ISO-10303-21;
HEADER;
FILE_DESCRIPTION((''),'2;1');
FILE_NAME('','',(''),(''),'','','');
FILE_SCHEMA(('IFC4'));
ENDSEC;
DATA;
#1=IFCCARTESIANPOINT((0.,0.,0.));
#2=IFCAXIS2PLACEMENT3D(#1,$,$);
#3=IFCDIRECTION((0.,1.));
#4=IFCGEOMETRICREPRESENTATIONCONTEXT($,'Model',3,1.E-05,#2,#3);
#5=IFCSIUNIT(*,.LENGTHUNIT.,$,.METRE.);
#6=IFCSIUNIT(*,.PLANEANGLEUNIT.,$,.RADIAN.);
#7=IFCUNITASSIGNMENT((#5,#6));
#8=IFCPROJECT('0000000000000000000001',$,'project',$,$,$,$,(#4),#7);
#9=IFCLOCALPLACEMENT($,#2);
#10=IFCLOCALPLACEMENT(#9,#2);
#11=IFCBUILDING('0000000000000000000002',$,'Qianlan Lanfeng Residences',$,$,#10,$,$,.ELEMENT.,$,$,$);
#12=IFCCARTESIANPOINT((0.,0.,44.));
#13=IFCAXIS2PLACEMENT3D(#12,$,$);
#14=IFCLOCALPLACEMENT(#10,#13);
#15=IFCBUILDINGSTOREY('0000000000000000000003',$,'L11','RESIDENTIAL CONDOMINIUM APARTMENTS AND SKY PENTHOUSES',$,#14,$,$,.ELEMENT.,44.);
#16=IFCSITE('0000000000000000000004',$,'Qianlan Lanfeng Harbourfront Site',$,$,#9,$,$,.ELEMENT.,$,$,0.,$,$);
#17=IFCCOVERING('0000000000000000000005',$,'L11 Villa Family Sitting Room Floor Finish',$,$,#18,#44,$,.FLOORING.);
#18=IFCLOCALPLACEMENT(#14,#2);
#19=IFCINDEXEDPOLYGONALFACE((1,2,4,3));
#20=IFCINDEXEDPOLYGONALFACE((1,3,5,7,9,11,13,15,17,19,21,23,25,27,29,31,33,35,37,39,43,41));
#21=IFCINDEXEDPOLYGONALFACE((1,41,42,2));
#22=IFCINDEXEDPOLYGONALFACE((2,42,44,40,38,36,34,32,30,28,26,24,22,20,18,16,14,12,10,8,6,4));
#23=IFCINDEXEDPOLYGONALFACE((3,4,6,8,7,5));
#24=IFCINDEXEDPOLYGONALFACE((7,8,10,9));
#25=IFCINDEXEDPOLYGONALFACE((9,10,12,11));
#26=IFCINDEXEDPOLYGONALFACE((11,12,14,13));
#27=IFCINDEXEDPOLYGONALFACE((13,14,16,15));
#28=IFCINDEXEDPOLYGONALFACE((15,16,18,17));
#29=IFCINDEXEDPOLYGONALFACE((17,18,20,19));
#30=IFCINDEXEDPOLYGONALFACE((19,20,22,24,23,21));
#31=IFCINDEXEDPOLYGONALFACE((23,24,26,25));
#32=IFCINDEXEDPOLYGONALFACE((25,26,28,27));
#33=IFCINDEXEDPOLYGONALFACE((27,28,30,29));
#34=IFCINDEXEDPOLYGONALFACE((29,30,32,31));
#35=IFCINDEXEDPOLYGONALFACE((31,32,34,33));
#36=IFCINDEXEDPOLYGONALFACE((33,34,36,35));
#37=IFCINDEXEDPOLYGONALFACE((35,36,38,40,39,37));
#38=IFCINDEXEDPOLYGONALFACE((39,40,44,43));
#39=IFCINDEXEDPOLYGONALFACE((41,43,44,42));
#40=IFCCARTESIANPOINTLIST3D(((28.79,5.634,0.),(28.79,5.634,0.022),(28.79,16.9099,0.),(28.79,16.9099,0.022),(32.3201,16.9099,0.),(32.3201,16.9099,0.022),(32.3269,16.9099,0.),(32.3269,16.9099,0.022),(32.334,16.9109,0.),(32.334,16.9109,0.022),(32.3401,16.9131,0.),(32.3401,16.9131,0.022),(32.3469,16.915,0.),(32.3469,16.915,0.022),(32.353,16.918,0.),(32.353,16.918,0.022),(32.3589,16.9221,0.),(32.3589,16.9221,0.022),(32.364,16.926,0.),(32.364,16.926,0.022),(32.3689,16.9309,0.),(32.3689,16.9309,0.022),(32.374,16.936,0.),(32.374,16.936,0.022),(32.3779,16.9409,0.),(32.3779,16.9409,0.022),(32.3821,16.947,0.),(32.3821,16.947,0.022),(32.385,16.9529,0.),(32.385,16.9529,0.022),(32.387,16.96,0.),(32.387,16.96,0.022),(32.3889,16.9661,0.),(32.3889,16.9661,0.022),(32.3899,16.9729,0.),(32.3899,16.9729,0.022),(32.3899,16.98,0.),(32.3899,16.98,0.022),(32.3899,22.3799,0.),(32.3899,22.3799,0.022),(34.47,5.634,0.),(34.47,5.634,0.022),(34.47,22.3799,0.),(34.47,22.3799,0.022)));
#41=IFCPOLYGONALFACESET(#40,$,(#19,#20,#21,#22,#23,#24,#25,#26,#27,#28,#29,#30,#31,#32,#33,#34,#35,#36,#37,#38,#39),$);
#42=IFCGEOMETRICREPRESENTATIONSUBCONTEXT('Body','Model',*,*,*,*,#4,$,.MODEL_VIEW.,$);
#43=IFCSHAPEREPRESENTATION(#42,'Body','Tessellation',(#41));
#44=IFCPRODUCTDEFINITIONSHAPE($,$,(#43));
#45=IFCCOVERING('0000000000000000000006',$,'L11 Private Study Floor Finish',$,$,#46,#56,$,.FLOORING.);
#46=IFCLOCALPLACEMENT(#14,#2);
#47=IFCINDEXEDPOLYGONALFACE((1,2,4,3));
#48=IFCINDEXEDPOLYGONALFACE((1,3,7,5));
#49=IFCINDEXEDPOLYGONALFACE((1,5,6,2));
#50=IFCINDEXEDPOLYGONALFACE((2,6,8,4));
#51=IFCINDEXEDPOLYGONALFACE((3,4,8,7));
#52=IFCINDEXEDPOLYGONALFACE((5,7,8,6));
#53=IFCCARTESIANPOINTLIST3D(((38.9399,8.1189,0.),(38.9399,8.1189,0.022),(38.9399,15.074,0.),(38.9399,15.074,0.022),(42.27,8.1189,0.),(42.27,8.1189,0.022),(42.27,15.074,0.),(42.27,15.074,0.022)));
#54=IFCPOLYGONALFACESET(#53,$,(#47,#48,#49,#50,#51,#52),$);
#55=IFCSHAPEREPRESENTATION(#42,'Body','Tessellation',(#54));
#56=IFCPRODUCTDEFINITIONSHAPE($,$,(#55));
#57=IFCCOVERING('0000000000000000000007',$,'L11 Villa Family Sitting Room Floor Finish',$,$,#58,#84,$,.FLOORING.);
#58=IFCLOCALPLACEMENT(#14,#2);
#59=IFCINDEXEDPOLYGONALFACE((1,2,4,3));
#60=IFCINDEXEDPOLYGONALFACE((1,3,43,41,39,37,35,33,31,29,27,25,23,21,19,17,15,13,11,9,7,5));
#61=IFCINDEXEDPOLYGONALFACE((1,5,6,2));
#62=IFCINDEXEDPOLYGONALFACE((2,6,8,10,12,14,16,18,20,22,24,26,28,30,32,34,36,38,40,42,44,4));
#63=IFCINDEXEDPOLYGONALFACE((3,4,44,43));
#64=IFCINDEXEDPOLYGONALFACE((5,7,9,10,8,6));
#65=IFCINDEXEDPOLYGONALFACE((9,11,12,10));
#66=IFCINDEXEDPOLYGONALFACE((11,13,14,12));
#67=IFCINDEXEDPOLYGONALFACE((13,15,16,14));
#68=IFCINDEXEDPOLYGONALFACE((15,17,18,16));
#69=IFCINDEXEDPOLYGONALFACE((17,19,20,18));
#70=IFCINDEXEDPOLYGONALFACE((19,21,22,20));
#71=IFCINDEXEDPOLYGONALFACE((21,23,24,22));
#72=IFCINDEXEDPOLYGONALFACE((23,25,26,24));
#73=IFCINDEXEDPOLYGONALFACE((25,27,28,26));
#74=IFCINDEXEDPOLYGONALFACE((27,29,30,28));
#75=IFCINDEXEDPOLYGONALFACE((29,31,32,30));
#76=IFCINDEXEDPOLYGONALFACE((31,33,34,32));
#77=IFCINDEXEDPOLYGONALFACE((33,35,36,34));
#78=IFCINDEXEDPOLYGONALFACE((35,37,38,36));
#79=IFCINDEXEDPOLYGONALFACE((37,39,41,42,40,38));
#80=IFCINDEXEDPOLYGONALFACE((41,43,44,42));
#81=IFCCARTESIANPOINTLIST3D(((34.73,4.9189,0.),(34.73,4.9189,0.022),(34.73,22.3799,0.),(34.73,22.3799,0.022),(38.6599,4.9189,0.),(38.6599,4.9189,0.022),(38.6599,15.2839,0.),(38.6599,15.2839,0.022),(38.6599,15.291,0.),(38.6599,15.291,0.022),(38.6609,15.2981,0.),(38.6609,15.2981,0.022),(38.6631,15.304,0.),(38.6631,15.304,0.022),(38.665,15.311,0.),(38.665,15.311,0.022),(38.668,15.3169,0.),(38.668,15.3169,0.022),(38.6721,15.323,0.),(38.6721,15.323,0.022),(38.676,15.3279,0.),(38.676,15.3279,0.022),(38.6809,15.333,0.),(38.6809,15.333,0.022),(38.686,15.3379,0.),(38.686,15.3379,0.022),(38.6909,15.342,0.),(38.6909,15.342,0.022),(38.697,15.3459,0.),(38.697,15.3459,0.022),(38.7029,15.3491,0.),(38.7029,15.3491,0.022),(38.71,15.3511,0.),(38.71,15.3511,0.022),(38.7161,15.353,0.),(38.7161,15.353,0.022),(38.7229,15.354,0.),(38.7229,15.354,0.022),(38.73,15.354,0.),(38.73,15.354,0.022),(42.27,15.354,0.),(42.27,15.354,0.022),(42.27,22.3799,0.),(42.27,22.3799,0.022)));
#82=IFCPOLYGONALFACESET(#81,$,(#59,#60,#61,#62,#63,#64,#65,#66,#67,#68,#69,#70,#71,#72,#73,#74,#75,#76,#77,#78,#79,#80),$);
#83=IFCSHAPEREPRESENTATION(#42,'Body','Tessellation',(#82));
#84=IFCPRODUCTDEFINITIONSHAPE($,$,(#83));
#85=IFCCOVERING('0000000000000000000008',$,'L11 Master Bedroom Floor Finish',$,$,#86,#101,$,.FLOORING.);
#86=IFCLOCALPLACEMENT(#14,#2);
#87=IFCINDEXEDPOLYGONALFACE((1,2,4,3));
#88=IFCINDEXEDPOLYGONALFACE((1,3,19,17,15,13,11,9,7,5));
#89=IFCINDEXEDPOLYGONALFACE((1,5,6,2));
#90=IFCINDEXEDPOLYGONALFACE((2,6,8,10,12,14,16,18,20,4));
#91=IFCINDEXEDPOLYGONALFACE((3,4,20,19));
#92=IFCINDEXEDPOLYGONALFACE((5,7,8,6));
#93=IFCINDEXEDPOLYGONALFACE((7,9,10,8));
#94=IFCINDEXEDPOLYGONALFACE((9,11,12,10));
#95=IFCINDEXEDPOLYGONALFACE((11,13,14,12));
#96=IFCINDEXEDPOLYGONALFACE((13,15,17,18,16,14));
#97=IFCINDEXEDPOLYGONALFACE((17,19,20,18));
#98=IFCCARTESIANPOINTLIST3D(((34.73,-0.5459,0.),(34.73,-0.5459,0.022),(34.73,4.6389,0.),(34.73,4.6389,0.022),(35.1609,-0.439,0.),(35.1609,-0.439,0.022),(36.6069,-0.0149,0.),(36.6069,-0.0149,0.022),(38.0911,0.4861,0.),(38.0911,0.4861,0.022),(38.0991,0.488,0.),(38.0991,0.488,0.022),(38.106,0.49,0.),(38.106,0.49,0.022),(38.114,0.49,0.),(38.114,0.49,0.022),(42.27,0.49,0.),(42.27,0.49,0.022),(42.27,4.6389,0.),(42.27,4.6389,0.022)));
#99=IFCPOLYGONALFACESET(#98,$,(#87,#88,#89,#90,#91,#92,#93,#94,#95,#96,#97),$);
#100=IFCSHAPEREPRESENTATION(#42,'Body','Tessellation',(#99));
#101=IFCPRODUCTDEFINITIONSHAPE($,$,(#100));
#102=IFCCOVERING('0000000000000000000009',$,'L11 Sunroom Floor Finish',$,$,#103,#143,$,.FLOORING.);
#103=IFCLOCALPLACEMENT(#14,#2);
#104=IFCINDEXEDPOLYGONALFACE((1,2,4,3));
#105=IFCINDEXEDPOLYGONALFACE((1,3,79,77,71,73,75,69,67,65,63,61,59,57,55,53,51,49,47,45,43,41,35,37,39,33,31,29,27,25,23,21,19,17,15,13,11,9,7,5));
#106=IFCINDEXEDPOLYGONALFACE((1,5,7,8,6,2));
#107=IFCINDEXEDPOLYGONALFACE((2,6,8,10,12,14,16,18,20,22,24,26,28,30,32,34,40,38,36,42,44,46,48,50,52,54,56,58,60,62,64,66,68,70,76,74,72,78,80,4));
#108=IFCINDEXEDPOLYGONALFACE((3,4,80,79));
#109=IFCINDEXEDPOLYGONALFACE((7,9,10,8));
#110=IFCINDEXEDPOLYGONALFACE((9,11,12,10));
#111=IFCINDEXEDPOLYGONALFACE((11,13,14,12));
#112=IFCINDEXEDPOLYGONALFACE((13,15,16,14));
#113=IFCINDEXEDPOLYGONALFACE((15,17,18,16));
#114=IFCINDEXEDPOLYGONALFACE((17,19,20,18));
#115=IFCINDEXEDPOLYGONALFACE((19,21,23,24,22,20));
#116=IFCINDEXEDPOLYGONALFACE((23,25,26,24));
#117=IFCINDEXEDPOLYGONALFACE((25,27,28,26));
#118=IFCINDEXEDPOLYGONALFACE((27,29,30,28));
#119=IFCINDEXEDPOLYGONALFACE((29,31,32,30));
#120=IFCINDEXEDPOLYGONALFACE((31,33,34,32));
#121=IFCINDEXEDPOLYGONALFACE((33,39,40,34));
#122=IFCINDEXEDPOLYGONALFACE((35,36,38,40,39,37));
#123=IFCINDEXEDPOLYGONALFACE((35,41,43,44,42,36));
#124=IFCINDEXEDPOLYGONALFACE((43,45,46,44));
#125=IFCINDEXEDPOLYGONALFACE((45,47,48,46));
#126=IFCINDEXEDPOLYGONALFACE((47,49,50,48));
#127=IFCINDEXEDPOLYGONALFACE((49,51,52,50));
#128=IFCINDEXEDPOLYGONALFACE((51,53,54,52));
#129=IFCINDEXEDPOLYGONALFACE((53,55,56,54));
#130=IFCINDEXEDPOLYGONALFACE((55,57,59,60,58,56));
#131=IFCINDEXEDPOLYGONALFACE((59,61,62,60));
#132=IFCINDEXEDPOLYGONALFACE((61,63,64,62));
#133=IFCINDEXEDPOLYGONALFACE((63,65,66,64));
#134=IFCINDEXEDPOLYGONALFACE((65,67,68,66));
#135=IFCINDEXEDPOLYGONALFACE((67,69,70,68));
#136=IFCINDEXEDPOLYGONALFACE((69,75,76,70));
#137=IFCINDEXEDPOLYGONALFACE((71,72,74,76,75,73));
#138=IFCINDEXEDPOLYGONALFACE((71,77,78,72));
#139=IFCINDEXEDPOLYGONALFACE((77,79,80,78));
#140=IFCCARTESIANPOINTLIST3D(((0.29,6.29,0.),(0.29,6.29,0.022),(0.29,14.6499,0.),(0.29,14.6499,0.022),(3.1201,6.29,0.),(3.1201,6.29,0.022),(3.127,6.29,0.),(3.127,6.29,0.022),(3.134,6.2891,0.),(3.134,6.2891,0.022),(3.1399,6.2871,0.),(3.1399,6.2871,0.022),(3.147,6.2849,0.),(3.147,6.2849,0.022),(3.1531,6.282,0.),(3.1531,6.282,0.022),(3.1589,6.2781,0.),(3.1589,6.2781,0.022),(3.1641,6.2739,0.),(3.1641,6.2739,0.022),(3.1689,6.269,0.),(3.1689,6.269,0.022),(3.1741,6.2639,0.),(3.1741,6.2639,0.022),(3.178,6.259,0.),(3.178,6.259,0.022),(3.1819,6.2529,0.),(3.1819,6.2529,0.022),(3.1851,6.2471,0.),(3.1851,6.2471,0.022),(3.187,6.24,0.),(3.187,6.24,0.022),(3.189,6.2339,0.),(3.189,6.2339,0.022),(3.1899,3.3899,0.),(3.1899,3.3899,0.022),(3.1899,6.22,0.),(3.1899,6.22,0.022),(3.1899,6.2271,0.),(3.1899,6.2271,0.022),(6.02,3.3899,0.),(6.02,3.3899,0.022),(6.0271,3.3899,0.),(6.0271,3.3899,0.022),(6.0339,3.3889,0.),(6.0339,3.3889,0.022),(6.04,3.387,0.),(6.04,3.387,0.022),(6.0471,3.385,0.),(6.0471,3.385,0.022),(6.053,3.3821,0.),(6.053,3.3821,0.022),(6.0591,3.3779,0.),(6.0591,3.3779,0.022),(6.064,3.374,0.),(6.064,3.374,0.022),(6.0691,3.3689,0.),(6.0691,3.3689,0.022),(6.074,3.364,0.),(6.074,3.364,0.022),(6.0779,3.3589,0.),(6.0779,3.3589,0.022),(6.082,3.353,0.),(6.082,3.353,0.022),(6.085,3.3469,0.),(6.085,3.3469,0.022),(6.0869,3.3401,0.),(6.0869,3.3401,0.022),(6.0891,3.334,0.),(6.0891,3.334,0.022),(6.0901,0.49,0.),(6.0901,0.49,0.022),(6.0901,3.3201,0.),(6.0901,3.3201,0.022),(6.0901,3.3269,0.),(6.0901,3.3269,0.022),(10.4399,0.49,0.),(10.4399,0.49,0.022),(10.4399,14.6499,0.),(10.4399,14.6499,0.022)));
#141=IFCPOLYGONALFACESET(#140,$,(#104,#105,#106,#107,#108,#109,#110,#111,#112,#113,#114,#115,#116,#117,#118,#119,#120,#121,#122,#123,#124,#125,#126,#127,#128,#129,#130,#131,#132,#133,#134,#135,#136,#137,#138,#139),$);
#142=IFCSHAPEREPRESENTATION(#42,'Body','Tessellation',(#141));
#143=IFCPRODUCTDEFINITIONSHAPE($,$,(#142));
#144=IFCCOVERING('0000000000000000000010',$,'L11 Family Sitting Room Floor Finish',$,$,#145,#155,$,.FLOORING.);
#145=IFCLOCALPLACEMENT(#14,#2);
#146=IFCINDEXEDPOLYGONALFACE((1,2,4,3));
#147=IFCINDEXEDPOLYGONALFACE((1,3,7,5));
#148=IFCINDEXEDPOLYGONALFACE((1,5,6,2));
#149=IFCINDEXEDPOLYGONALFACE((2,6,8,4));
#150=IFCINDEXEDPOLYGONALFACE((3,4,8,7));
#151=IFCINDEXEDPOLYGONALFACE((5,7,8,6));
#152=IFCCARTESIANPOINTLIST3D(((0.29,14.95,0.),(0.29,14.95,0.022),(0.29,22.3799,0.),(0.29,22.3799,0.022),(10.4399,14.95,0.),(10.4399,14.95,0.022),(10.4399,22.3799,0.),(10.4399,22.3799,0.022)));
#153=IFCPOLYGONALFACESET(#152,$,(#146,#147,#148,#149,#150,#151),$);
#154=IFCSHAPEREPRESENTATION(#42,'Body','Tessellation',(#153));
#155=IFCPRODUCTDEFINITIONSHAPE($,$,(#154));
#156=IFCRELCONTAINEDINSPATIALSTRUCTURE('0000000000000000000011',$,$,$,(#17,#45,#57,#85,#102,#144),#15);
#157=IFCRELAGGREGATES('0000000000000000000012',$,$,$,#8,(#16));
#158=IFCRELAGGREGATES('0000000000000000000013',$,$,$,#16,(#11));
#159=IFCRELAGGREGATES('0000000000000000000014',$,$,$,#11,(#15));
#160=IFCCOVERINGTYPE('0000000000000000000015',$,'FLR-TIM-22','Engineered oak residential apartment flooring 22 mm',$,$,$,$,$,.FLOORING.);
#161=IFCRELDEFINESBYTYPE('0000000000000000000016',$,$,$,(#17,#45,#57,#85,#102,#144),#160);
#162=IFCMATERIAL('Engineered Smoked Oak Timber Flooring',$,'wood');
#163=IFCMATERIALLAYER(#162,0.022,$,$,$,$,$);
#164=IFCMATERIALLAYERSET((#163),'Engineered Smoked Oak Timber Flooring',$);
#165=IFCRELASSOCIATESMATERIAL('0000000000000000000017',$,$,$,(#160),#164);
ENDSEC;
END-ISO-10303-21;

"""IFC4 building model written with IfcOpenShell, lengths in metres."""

from ifc_helpers import new_model, si_unit, direction, frame, origin, place, context, subcontext, project, spatial, polyline, outline, extrude, material, layer, layer_set, type_object, element, save


model = new_model("IFC4")

# Units and contexts
model_context = context("Model", 3, precision=1e-05, world=origin(), true_north=direction((0.0, 1.0)))
body_context = subcontext(model_context, "Body", "Model", "MODEL_VIEW")
ifc_project = project(units=[si_unit("LENGTHUNIT", "METRE"), si_unit("PLANEANGLEUNIT", "RADIAN")], contexts=[model_context])

# Site, building, storey
site_placement = place(None, origin())
site = spatial("IfcSite", under=ifc_project, at=site_placement, Name="Qianlan Lanfeng Harbourfront Site", CompositionType="ELEMENT", RefElevation=0.0)
building_placement = place(site_placement, origin())
building = spatial("IfcBuilding", under=site, at=building_placement, Name="Qianlan Lanfeng Residences", CompositionType="ELEMENT")
storey_placement = place(building_placement, frame((0.0, 0.0, 44.0)))
storey = spatial("IfcBuildingStorey", under=building, at=storey_placement, Name="L11", Description="RESIDENTIAL CONDOMINIUM APARTMENTS AND SKY PENTHOUSES", CompositionType="ELEMENT", Elevation=44.0)

# Coverings
ifc_material_1 = material(Name="Engineered Smoked Oak Timber Flooring", Category="wood")
ifc_layer_1 = layer(ifc_material_1, 0.022)
ifc_layer_set_1 = layer_set([ifc_layer_1], Name="Engineered Smoked Oak Timber Flooring")
covering_type_1 = type_object("IfcCoveringType", Name="FLR-TIM-22", Description="Engineered oak residential apartment flooring 22 mm", PredefinedType="FLOORING", material=ifc_layer_set_1)
covering_1_placement = place(storey_placement, origin())
element("IfcCovering", 1, at=covering_1_placement, inside=storey, type_object=covering_type_1, Name="L11 Villa Family Sitting Room Floor Finish", PredefinedType="FLOORING", context=body_context, shape_type="SweptSolid", body=[
    extrude(outline(polyline([(28.79, 5.634), (34.47, 5.634), (34.47, 22.3799), (32.3899, 22.3799), (32.3899, 16.98), (32.3899, 16.9729), (32.3889, 16.9661), (32.387, 16.96), (32.385, 16.9529), (32.3821, 16.947), (32.3779, 16.9409), (32.374, 16.936), (32.3689, 16.9309), (32.364, 16.926), (32.3589, 16.9221), (32.353, 16.918), (32.3469, 16.915), (32.3401, 16.9131), (32.334, 16.9109), (32.3269, 16.9099), (32.3201, 16.9099), (28.79, 16.9099), (28.79, 5.634)])), origin(), (0.0, 0.0, 1.0), 0.022),
])
covering_2_placement = place(storey_placement, origin())
element("IfcCovering", 2, at=covering_2_placement, inside=storey, type_object=covering_type_1, Name="L11 Private Study Floor Finish", PredefinedType="FLOORING", context=body_context, shape_type="SweptSolid", body=[
    extrude(outline(polyline([(38.9399, 8.1189), (42.27, 8.1189), (42.27, 15.074), (38.9399, 15.074), (38.9399, 8.1189)])), origin(), (0.0, 0.0, 1.0), 0.022),
])
covering_3_placement = place(storey_placement, origin())
element("IfcCovering", 3, at=covering_3_placement, inside=storey, type_object=covering_type_1, Name="L11 Villa Family Sitting Room Floor Finish", PredefinedType="FLOORING", context=body_context, shape_type="SweptSolid", body=[
    extrude(outline(polyline([(34.73, 4.9189), (38.6599, 4.9189), (38.6599, 15.2839), (38.6599, 15.291), (38.6609, 15.2981), (38.6631, 15.304), (38.665, 15.311), (38.668, 15.3169), (38.6721, 15.323), (38.676, 15.3279), (38.6809, 15.333), (38.686, 15.3379), (38.6909, 15.342), (38.697, 15.3459), (38.7029, 15.3491), (38.71, 15.3511), (38.7161, 15.353), (38.7229, 15.354), (38.73, 15.354), (42.27, 15.354), (42.27, 22.3799), (34.73, 22.3799), (34.73, 4.9189)])), origin(), (0.0, 0.0, 1.0), 0.022),
])
covering_4_placement = place(storey_placement, origin())
element("IfcCovering", 4, at=covering_4_placement, inside=storey, type_object=covering_type_1, Name="L11 Master Bedroom Floor Finish", PredefinedType="FLOORING", context=body_context, shape_type="SweptSolid", body=[
    extrude(outline(polyline([(34.73, 4.6389), (34.73, -0.5459), (35.1609, -0.439), (36.6069, -0.0149), (38.0911, 0.4861), (38.0991, 0.488), (38.106, 0.49), (38.114, 0.49), (42.27, 0.49), (42.27, 4.6389), (34.73, 4.6389)])), origin(), (0.0, 0.0, 1.0), 0.022),
])
covering_5_placement = place(storey_placement, origin())
element("IfcCovering", 5, at=covering_5_placement, inside=storey, type_object=covering_type_1, Name="L11 Sunroom Floor Finish", PredefinedType="FLOORING", context=body_context, shape_type="SweptSolid", body=[
    extrude(outline(polyline([(10.4399, 14.6499), (0.29, 14.6499), (0.29, 6.29), (3.1201, 6.29), (3.127, 6.29), (3.134, 6.2891), (3.1399, 6.2871), (3.147, 6.2849), (3.1531, 6.282), (3.1589, 6.2781), (3.1641, 6.2739), (3.1689, 6.269), (3.1741, 6.2639), (3.178, 6.259), (3.1819, 6.2529), (3.1851, 6.2471), (3.187, 6.24), (3.189, 6.2339), (3.1899, 6.2271), (3.1899, 6.22), (3.1899, 3.3899), (6.02, 3.3899), (6.0271, 3.3899), (6.0339, 3.3889), (6.04, 3.387), (6.0471, 3.385), (6.053, 3.3821), (6.0591, 3.3779), (6.064, 3.374), (6.0691, 3.3689), (6.074, 3.364), (6.0779, 3.3589), (6.082, 3.353), (6.085, 3.3469), (6.0869, 3.3401), (6.0891, 3.334), (6.0901, 3.3269), (6.0901, 3.3201), (6.0901, 0.49), (10.4399, 0.49), (10.4399, 14.6499)])), origin(), (0.0, 0.0, 1.0), 0.022),
])
covering_6_placement = place(storey_placement, origin())
element("IfcCovering", 6, at=covering_6_placement, inside=storey, type_object=covering_type_1, Name="L11 Family Sitting Room Floor Finish", PredefinedType="FLOORING", context=body_context, shape_type="SweptSolid", body=[
    extrude(outline(polyline([(10.4399, 22.3799), (0.29, 22.3799), (0.29, 14.95), (10.4399, 14.95), (10.4399, 22.3799)])), origin(), (0.0, 0.0, 1.0), 0.022),
])

save(model, "model.ifc")
